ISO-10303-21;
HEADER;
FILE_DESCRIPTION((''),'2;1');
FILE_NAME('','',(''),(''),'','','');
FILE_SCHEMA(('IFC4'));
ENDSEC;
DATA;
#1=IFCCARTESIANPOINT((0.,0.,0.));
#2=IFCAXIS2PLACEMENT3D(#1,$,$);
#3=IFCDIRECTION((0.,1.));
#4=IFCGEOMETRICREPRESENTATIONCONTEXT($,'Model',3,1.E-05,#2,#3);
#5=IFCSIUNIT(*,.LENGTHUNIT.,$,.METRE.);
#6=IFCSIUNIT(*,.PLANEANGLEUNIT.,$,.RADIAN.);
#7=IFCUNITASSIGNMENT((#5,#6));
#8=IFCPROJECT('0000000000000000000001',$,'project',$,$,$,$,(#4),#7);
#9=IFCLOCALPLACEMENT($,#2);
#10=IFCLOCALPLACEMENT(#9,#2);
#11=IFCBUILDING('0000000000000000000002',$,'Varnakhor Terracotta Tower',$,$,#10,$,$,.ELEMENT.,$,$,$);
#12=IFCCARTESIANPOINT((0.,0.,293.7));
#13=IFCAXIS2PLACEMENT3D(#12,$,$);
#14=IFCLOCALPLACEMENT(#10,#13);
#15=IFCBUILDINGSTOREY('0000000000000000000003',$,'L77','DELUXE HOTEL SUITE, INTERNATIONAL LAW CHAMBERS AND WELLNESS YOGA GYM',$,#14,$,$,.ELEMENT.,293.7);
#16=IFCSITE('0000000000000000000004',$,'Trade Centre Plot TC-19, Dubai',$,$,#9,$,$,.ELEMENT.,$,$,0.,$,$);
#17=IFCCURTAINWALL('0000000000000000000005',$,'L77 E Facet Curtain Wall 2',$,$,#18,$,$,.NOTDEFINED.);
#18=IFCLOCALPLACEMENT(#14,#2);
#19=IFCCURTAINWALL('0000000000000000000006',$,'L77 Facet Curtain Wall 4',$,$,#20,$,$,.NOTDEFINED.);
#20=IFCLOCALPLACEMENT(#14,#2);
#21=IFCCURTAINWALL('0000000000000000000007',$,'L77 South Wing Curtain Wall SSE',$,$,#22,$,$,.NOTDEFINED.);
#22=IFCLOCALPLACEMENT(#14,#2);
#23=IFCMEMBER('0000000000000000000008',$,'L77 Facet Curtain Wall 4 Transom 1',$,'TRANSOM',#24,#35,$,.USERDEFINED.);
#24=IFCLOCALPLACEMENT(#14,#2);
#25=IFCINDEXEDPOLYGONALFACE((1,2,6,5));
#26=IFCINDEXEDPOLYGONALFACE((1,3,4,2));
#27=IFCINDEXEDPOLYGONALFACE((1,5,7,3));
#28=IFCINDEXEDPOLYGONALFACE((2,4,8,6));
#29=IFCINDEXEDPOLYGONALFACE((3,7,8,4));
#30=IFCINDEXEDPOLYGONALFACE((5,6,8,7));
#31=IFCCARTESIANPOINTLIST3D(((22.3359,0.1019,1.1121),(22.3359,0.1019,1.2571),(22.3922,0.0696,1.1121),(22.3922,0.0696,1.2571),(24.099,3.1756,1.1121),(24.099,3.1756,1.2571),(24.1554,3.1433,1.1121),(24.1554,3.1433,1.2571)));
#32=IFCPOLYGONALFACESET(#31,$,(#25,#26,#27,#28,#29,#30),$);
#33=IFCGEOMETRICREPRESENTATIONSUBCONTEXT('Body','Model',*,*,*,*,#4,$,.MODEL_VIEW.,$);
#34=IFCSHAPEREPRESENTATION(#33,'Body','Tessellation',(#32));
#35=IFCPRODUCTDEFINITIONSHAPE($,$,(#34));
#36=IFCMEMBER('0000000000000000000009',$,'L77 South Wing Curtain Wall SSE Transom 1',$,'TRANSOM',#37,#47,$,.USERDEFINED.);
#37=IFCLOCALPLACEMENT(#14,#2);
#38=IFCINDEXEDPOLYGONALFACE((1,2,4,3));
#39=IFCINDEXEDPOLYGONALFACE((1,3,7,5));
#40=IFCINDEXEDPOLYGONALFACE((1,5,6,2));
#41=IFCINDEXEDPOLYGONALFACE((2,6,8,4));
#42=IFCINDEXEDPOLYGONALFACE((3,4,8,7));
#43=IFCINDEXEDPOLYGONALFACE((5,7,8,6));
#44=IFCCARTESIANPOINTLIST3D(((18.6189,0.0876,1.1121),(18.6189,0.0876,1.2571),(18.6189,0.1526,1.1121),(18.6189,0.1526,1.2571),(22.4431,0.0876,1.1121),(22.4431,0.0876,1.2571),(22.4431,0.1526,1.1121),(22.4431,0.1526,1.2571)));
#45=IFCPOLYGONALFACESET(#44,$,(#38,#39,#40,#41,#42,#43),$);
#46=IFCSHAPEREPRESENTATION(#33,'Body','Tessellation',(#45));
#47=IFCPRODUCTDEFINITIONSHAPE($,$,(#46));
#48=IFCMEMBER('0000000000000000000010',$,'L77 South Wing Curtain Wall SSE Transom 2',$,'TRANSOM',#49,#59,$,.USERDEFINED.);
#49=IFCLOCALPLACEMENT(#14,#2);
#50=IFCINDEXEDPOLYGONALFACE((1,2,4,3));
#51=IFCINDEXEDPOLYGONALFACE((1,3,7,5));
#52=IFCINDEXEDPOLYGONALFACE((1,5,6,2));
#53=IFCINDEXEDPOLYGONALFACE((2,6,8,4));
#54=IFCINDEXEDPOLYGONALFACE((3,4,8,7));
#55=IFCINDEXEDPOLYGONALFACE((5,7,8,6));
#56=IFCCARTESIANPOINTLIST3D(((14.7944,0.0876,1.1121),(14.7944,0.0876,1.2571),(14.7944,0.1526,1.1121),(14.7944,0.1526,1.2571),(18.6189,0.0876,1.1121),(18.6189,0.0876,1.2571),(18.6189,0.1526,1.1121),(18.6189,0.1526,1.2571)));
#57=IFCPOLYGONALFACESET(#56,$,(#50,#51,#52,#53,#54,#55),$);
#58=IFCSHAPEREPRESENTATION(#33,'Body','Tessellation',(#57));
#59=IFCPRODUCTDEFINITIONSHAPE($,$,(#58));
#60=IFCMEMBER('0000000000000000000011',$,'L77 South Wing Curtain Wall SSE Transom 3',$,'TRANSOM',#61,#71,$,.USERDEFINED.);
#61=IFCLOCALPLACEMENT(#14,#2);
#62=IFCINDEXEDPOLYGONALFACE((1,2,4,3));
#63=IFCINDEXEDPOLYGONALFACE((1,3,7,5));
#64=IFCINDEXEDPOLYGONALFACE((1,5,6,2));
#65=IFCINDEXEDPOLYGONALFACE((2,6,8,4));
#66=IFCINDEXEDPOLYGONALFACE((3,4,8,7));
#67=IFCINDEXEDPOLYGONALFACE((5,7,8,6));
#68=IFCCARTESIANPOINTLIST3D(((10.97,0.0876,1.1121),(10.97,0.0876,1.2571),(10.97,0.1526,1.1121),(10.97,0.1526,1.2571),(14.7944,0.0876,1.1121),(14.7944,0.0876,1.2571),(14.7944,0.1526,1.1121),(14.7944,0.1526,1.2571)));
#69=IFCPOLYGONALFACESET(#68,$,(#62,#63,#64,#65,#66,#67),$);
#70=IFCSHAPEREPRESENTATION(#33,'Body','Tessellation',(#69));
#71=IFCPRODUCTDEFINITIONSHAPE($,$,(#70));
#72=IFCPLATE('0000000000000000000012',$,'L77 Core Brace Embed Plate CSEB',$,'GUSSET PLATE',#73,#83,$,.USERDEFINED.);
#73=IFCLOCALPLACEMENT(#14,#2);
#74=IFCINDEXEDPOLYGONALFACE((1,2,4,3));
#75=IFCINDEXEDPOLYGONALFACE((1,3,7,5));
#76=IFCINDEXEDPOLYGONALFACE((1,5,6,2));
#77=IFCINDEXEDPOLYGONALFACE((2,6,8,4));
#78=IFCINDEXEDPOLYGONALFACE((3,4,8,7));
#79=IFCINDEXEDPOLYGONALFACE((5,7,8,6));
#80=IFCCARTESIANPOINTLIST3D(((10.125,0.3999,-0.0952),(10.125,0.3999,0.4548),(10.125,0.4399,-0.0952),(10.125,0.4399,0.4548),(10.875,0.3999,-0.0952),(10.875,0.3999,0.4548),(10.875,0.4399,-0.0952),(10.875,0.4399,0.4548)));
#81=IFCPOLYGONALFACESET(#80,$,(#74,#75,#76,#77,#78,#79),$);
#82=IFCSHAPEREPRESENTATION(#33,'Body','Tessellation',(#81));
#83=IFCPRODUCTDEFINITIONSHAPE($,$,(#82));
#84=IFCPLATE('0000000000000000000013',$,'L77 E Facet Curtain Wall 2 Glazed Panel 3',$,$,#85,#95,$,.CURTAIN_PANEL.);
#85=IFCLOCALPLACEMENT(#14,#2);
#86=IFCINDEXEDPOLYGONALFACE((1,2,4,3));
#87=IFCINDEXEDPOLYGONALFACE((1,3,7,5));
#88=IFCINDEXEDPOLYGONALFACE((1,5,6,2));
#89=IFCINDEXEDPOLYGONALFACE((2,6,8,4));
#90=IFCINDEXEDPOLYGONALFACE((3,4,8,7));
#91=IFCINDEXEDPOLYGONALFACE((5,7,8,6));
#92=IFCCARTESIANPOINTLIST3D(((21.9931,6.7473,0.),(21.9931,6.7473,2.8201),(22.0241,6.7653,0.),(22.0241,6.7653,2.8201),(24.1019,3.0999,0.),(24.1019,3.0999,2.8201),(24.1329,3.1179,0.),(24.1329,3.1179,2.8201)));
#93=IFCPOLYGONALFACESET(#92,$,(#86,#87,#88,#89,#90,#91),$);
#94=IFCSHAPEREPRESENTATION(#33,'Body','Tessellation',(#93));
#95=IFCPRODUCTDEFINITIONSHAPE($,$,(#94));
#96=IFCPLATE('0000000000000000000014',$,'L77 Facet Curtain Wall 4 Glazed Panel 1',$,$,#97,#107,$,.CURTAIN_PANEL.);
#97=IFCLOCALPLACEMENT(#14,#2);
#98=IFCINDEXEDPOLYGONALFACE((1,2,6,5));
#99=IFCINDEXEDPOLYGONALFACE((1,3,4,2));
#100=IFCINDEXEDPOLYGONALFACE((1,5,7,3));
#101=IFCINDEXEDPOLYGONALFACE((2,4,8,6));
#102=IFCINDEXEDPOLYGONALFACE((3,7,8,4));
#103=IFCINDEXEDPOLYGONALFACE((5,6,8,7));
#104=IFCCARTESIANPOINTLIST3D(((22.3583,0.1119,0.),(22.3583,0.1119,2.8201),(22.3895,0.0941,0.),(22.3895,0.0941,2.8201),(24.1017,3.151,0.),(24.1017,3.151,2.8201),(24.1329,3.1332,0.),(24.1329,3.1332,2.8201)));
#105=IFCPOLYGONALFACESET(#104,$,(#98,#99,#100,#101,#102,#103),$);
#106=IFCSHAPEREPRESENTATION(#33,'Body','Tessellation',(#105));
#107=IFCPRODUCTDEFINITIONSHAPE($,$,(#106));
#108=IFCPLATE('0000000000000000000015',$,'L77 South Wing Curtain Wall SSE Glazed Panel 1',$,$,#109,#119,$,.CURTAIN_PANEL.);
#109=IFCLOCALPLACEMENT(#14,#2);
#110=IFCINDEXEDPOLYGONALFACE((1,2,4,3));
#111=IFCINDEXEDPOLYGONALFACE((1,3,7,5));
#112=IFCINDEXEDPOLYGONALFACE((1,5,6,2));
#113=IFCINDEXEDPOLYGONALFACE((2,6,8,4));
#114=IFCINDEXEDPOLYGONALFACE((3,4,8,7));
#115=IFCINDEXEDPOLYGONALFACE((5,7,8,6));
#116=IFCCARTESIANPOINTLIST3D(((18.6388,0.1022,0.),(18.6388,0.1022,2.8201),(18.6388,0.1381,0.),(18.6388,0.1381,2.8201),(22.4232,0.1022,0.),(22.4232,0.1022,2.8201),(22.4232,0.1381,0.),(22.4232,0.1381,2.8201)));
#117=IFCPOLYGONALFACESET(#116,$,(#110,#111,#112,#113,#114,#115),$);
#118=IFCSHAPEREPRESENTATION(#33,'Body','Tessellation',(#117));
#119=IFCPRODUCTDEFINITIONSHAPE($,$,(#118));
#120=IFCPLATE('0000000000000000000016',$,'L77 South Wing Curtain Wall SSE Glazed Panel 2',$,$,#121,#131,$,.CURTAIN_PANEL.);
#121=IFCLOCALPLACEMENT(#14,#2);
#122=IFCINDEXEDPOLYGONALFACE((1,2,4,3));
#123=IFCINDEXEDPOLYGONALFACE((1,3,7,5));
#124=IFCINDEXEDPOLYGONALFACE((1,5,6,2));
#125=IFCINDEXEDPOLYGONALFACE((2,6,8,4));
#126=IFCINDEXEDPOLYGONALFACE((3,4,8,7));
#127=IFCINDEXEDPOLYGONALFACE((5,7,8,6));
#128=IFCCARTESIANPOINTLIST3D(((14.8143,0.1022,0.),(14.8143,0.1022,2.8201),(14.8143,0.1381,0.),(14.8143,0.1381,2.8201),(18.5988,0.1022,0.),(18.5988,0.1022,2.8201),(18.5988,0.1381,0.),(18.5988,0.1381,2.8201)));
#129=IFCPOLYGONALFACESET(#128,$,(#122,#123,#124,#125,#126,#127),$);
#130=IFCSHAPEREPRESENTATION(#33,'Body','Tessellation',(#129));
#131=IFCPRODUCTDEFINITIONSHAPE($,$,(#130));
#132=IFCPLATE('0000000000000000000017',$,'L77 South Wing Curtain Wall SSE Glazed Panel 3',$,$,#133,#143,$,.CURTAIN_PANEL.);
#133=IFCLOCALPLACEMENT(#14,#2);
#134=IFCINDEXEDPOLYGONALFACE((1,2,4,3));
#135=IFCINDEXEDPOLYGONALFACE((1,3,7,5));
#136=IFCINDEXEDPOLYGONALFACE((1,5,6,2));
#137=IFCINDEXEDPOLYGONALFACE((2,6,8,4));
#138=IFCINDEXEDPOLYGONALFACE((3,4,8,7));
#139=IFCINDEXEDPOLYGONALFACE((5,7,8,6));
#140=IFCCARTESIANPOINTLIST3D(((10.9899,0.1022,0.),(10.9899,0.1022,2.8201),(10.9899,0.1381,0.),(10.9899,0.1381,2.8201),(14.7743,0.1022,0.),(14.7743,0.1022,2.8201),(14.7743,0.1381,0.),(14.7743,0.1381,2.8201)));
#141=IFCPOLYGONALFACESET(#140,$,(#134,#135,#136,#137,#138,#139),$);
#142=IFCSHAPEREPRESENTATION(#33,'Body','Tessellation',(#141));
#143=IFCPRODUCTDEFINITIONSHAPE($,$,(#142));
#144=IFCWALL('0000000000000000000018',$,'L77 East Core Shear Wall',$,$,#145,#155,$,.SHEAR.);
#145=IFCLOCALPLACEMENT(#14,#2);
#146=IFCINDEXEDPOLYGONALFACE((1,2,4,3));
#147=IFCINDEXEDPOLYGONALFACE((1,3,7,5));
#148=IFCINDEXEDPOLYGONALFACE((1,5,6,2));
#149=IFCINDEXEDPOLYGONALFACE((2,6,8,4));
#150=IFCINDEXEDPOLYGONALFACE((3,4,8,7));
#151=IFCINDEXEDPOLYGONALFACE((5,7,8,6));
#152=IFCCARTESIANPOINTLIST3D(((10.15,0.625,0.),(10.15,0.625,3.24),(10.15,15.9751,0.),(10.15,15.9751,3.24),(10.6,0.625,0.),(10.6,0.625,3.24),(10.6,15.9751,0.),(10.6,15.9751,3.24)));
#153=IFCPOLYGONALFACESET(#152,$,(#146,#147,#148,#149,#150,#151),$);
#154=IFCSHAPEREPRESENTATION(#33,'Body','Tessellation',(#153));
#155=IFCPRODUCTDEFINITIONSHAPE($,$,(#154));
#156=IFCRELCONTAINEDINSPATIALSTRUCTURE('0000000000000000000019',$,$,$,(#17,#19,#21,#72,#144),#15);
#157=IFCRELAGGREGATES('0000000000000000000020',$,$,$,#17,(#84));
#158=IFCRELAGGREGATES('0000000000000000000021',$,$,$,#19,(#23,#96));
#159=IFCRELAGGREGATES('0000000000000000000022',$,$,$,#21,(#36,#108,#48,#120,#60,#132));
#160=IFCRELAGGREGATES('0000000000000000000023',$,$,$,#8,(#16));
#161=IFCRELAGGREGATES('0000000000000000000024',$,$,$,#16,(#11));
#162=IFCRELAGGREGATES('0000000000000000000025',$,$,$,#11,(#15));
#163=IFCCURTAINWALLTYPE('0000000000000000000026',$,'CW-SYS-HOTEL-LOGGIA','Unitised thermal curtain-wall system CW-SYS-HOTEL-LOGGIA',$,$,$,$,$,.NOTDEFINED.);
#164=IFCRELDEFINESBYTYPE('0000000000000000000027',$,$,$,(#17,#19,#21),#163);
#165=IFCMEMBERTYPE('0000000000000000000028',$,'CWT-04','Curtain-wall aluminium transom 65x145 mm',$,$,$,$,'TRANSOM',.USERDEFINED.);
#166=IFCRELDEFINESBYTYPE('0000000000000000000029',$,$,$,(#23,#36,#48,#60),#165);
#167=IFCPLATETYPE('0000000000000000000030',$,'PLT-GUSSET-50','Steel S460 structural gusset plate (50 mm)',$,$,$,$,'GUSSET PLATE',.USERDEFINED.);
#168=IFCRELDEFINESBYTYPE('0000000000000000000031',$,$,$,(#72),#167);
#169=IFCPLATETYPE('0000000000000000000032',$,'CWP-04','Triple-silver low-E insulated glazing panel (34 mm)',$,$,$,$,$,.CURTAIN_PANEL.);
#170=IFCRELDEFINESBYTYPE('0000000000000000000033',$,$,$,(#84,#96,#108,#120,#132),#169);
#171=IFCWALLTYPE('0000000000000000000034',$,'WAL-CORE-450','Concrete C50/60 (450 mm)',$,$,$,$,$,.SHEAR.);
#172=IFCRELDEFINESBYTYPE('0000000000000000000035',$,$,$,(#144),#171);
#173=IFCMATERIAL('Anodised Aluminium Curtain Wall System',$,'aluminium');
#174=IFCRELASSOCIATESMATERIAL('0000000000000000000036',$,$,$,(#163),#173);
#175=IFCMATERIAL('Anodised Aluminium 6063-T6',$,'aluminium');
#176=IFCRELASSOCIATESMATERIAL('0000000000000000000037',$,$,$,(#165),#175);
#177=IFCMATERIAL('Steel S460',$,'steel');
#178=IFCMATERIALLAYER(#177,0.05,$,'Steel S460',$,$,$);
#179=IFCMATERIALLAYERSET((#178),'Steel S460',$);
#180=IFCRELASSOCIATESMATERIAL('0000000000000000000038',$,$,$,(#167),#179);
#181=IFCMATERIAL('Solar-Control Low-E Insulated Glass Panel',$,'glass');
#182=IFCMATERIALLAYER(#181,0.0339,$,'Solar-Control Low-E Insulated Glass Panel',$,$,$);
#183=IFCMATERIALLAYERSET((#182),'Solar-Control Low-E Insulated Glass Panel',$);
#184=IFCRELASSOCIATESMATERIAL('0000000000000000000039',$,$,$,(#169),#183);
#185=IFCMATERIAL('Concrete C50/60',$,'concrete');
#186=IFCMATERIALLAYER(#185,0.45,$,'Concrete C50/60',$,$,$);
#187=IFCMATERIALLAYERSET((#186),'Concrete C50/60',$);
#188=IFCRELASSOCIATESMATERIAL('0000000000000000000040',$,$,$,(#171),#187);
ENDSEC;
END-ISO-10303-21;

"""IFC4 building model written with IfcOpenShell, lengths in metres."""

from ifc_helpers import new_model, si_unit, direction, frame, frame_2d, origin, origin_2d, place, context, subcontext, project, spatial, rectangle, extrude, source, transform, mapped, material, layer, layer_set, material_profile, profile_set, type_object, type_shapes, element, aggregate, save


model = new_model("IFC4")

# Units and contexts
model_context = context("Model", 3, precision=1e-05, world=origin(), true_north=direction((0.0, 1.0)))
body_context = subcontext(model_context, "Body", "Model", "MODEL_VIEW")
ifc_project = project(units=[si_unit("LENGTHUNIT", "METRE"), si_unit("PLANEANGLEUNIT", "RADIAN")], contexts=[model_context])

# Site, building, storey
site_placement = place(None, origin())
site = spatial("IfcSite", under=ifc_project, at=site_placement, Name="Trade Centre Plot TC-19, Dubai", CompositionType="ELEMENT", RefElevation=0.0)
building_placement = place(site_placement, origin())
building = spatial("IfcBuilding", under=site, at=building_placement, Name="Varnakhor Terracotta Tower", CompositionType="ELEMENT")
storey_placement = place(building_placement, frame((0.0, 0.0, 293.7)))
storey = spatial("IfcBuildingStorey", under=building, at=storey_placement, Name="L77", Description="DELUXE HOTEL SUITE, INTERNATIONAL LAW CHAMBERS AND WELLNESS YOGA GYM", CompositionType="ELEMENT", Elevation=293.7)

# Shared definitions
ifc_material_1 = material(Name="Concrete C50/60", Category="concrete")

# Curtain walls
ifc_material_2 = material(Name="Anodised Aluminium Curtain Wall System", Category="aluminium")
curtain_wall_type = type_object("IfcCurtainWallType", Name="CW-SYS-HOTEL-LOGGIA", Description="Unitised thermal curtain-wall system CW-SYS-HOTEL-LOGGIA", PredefinedType="NOTDEFINED", material=ifc_material_2)
curtain_wall_1_placement = place(storey_placement, origin())
curtain_wall_1 = element("IfcCurtainWall", 1, at=curtain_wall_1_placement, inside=storey, type_object=curtain_wall_type, Name="L77 E Facet Curtain Wall 2", PredefinedType="NOTDEFINED")
ifc_material_3 = material(Name="Anodised Aluminium 6063-T6", Category="aluminium")
curtain_wall_2_placement = place(storey_placement, origin())
curtain_wall_2 = element("IfcCurtainWall", 2, at=curtain_wall_2_placement, inside=storey, type_object=curtain_wall_type, Name="L77 Facet Curtain Wall 4", PredefinedType="NOTDEFINED")

# Curtain wall
curtain_wall_3_placement = place(storey_placement, origin())
curtain_wall_3 = element("IfcCurtainWall", 3, at=curtain_wall_3_placement, inside=storey, type_object=curtain_wall_type, Name="L77 South Wing Curtain Wall SSE", PredefinedType="NOTDEFINED")

# Members
ifc_material_profile_1 = material_profile(ifc_material_3, rectangle(XDim=0.0649, YDim=0.145, at=origin_2d()), Name="ALU TRANSOM 65x145")
ifc_profile_set_1 = profile_set([ifc_material_profile_1], Name="Anodised Aluminium 6063-T6")
member_type_1 = type_object("IfcMemberType", Name="CWT-04", Description="Curtain-wall aluminium transom 65x145 mm", ElementType="TRANSOM", PredefinedType="USERDEFINED", material=ifc_profile_set_1)
shared_shape_1 = source(origin(), body_context, "Body", "SweptSolid", [
    extrude(rectangle(XDim=0.0649, YDim=0.145, at=origin_2d()), origin(), (0.0, 0.0, 1.0), 3.5435),
])
member_1_placement = place(storey_placement, frame((24.1272, 3.1594, 1.1846), z_axis=(-0.497578, -0.867419, 0.0), x_axis=(0.867419, -0.497578, 0.0)))
member_1 = element("IfcMember", 4, at=member_1_placement, type_object=member_type_1, Name="L77 Facet Curtain Wall 4 Transom 1", ObjectType="TRANSOM", PredefinedType="USERDEFINED", context=body_context, shape_type="MappedRepresentation", body=[
    mapped(shared_shape_1, transform((0.0, 0.0, 0.0), scale=1.0)),
])
shared_shape_2 = source(origin(), body_context, "Body", "SweptSolid", [
    extrude(rectangle(XDim=0.0649, YDim=0.145, at=origin_2d()), origin(), (0.0, 0.0, 1.0), 3.8242),
])
member_2_placement = place(storey_placement, frame((22.4431, 0.1201, 1.1846), z_axis=(-1.0, 0.0, 0.0), x_axis=(0.0, -1.0, 0.0)))
member_2 = element("IfcMember", 5, at=member_2_placement, type_object=member_type_1, Name="L77 South Wing Curtain Wall SSE Transom 1", ObjectType="TRANSOM", PredefinedType="USERDEFINED", context=body_context, shape_type="MappedRepresentation", body=[
    mapped(shared_shape_2, transform((0.0, 0.0, 0.0), scale=1.0)),
])
shared_shape_3 = source(origin(), body_context, "Body", "SweptSolid", [
    extrude(rectangle(XDim=0.0649, YDim=0.145, at=origin_2d()), origin(), (0.0, 0.0, 1.0), 3.8245),
])
member_3_placement = place(storey_placement, frame((18.6189, 0.1201, 1.1846), z_axis=(-1.0, 0.0, 0.0), x_axis=(0.0, -1.0, 0.0)))
member_3 = element("IfcMember", 6, at=member_3_placement, type_object=member_type_1, Name="L77 South Wing Curtain Wall SSE Transom 2", ObjectType="TRANSOM", PredefinedType="USERDEFINED", context=body_context, shape_type="MappedRepresentation", body=[
    mapped(shared_shape_3, transform((0.0, 0.0, 0.0), scale=1.0)),
])
member_4_placement = place(storey_placement, frame((14.7944, 0.1201, 1.1846), z_axis=(-1.0, 0.0, 0.0), x_axis=(0.0, -1.0, 0.0)))
member_4 = element("IfcMember", 7, at=member_4_placement, type_object=member_type_1, Name="L77 South Wing Curtain Wall SSE Transom 3", ObjectType="TRANSOM", PredefinedType="USERDEFINED", context=body_context, shape_type="MappedRepresentation", body=[
    mapped(shared_shape_3, transform((0.0, 0.0, 0.0), scale=1.0)),
])

# Plates
ifc_material_4 = material(Name="Steel S460", Category="steel")
ifc_layer_1 = layer(ifc_material_4, 0.05, Name="Steel S460")
ifc_layer_set_1 = layer_set([ifc_layer_1], Name="Steel S460")
plate_type_1 = type_object("IfcPlateType", Name="PLT-GUSSET-50", Description="Steel S460 structural gusset plate (50 mm)", ElementType="GUSSET PLATE", PredefinedType="USERDEFINED", material=ifc_layer_set_1)
shared_shape_4 = source(origin(), body_context, "Body", "SweptSolid", [
    extrude(rectangle(XDim=0.75, YDim=0.04, at=origin_2d()), origin(), (0.0, 0.0, 1.0), 0.55),
])
type_shapes(plate_type_1, [shared_shape_4])
plate_1_placement = place(storey_placement, frame((10.5, 0.4199, -0.0952), z_axis=(0.0, 0.0, 1.0), x_axis=(1.0, 0.0, 0.0)))
element("IfcPlate", 8, at=plate_1_placement, inside=storey, type_object=plate_type_1, Name="L77 Core Brace Embed Plate CSEB", ObjectType="GUSSET PLATE", PredefinedType="USERDEFINED", context=body_context, shape_type="MappedRepresentation", body=[
    mapped(shared_shape_4, transform((0.0, 0.0, 0.0), scale=1.0)),
])
ifc_material_5 = material(Name="Solar-Control Low-E Insulated Glass Panel", Category="glass")
ifc_layer_2 = layer(ifc_material_5, 0.0339, Name="Solar-Control Low-E Insulated Glass Panel")
ifc_layer_set_2 = layer_set([ifc_layer_2], Name="Solar-Control Low-E Insulated Glass Panel")
plate_type_2 = type_object("IfcPlateType", Name="CWP-04", Description="Triple-silver low-E insulated glazing panel (34 mm)", PredefinedType="CURTAIN_PANEL", material=ifc_layer_set_2)
shared_shape_5 = source(origin(), body_context, "Body", "SweptSolid", [
    extrude(rectangle(XDim=4.2131, YDim=0.0359, at=origin_2d()), origin(), (0.0, 0.0, 1.0), 2.8201),
])
plate_2_placement = place(storey_placement, frame((23.063, 4.9326, 0.0), z_axis=(0.0, 0.0, 1.0), x_axis=(0.500529, -0.86572, 0.0)))
plate_2 = element("IfcPlate", 9, at=plate_2_placement, type_object=plate_type_2, Name="L77 E Facet Curtain Wall 2 Glazed Panel 3", PredefinedType="CURTAIN_PANEL", context=body_context, shape_type="MappedRepresentation", body=[
    mapped(shared_shape_5, transform((0.0, 0.0, 0.0), scale=1.0)),
])
aggregate(curtain_wall_1, [plate_2])
shared_shape_6 = source(origin(), body_context, "Body", "SweptSolid", [
    extrude(rectangle(XDim=3.5037, YDim=0.0359, at=origin_2d()), origin(), (0.0, 0.0, 1.0), 2.8201),
])
plate_3_placement = place(storey_placement, frame((23.2456, 1.6226, 0.0), z_axis=(0.0, 0.0, 1.0), x_axis=(-0.497595, -0.86741, 0.0)))
plate_3 = element("IfcPlate", 10, at=plate_3_placement, type_object=plate_type_2, Name="L77 Facet Curtain Wall 4 Glazed Panel 1", PredefinedType="CURTAIN_PANEL", context=body_context, shape_type="MappedRepresentation", body=[
    mapped(shared_shape_6, transform((0.0, 0.0, 0.0), scale=1.0)),
])
aggregate(curtain_wall_2, [member_1, plate_3])
shared_shape_7 = source(origin(), body_context, "Body", "SweptSolid", [
    extrude(rectangle(XDim=3.7844, YDim=0.0359, at=origin_2d()), origin(), (0.0, 0.0, 1.0), 2.8201),
])
plate_4_placement = place(storey_placement, frame((20.531, 0.1201, 0.0), z_axis=(0.0, 0.0, 1.0), x_axis=(-1.0, 0.0, 0.0)))
plate_4 = element("IfcPlate", 11, at=plate_4_placement, type_object=plate_type_2, Name="L77 South Wing Curtain Wall SSE Glazed Panel 1", PredefinedType="CURTAIN_PANEL", context=body_context, shape_type="MappedRepresentation", body=[
    mapped(shared_shape_7, transform((0.0, 0.0, 0.0), scale=1.0)),
])
plate_5_placement = place(storey_placement, frame((16.7065, 0.1201, 0.0), z_axis=(0.0, 0.0, 1.0), x_axis=(-1.0, 0.0, 0.0)))
plate_5 = element("IfcPlate", 12, at=plate_5_placement, type_object=plate_type_2, Name="L77 South Wing Curtain Wall SSE Glazed Panel 2", PredefinedType="CURTAIN_PANEL", context=body_context, shape_type="MappedRepresentation", body=[
    mapped(shared_shape_7, transform((0.0, 0.0, 0.0), scale=1.0)),
])
plate_6_placement = place(storey_placement, frame((12.8821, 0.1201, 0.0), z_axis=(0.0, 0.0, 1.0), x_axis=(-1.0, 0.0, 0.0)))
plate_6 = element("IfcPlate", 13, at=plate_6_placement, type_object=plate_type_2, Name="L77 South Wing Curtain Wall SSE Glazed Panel 3", PredefinedType="CURTAIN_PANEL", context=body_context, shape_type="MappedRepresentation", body=[
    mapped(shared_shape_7, transform((0.0, 0.0, 0.0), scale=1.0)),
])
aggregate(curtain_wall_3, [member_2, plate_4, member_3, plate_5, member_4, plate_6])

# Wall
ifc_layer_3 = layer(ifc_material_1, 0.45, Name="Concrete C50/60")
ifc_layer_set_3 = layer_set([ifc_layer_3], Name="Concrete C50/60")
wall_type_1 = type_object("IfcWallType", Name="WAL-CORE-450", Description="Concrete C50/60 (450 mm)", PredefinedType="SHEAR", material=ifc_layer_set_3)
wall_1_placement = place(storey_placement, frame((10.375, 0.625, 0.0), z_axis=(0.0, 0.0, 1.0), x_axis=(0.0, 1.0, 0.0)))
element("IfcWall", 14, at=wall_1_placement, inside=storey, type_object=wall_type_1, Name="L77 East Core Shear Wall", PredefinedType="SHEAR", context=body_context, shape_type="SweptSolid", body=[
    extrude(rectangle(XDim=15.3501, YDim=0.45, at=frame_2d((7.675, 0.0))), origin(), (0.0, 0.0, 1.0), 3.24),
])

save(model, "model.ifc")
